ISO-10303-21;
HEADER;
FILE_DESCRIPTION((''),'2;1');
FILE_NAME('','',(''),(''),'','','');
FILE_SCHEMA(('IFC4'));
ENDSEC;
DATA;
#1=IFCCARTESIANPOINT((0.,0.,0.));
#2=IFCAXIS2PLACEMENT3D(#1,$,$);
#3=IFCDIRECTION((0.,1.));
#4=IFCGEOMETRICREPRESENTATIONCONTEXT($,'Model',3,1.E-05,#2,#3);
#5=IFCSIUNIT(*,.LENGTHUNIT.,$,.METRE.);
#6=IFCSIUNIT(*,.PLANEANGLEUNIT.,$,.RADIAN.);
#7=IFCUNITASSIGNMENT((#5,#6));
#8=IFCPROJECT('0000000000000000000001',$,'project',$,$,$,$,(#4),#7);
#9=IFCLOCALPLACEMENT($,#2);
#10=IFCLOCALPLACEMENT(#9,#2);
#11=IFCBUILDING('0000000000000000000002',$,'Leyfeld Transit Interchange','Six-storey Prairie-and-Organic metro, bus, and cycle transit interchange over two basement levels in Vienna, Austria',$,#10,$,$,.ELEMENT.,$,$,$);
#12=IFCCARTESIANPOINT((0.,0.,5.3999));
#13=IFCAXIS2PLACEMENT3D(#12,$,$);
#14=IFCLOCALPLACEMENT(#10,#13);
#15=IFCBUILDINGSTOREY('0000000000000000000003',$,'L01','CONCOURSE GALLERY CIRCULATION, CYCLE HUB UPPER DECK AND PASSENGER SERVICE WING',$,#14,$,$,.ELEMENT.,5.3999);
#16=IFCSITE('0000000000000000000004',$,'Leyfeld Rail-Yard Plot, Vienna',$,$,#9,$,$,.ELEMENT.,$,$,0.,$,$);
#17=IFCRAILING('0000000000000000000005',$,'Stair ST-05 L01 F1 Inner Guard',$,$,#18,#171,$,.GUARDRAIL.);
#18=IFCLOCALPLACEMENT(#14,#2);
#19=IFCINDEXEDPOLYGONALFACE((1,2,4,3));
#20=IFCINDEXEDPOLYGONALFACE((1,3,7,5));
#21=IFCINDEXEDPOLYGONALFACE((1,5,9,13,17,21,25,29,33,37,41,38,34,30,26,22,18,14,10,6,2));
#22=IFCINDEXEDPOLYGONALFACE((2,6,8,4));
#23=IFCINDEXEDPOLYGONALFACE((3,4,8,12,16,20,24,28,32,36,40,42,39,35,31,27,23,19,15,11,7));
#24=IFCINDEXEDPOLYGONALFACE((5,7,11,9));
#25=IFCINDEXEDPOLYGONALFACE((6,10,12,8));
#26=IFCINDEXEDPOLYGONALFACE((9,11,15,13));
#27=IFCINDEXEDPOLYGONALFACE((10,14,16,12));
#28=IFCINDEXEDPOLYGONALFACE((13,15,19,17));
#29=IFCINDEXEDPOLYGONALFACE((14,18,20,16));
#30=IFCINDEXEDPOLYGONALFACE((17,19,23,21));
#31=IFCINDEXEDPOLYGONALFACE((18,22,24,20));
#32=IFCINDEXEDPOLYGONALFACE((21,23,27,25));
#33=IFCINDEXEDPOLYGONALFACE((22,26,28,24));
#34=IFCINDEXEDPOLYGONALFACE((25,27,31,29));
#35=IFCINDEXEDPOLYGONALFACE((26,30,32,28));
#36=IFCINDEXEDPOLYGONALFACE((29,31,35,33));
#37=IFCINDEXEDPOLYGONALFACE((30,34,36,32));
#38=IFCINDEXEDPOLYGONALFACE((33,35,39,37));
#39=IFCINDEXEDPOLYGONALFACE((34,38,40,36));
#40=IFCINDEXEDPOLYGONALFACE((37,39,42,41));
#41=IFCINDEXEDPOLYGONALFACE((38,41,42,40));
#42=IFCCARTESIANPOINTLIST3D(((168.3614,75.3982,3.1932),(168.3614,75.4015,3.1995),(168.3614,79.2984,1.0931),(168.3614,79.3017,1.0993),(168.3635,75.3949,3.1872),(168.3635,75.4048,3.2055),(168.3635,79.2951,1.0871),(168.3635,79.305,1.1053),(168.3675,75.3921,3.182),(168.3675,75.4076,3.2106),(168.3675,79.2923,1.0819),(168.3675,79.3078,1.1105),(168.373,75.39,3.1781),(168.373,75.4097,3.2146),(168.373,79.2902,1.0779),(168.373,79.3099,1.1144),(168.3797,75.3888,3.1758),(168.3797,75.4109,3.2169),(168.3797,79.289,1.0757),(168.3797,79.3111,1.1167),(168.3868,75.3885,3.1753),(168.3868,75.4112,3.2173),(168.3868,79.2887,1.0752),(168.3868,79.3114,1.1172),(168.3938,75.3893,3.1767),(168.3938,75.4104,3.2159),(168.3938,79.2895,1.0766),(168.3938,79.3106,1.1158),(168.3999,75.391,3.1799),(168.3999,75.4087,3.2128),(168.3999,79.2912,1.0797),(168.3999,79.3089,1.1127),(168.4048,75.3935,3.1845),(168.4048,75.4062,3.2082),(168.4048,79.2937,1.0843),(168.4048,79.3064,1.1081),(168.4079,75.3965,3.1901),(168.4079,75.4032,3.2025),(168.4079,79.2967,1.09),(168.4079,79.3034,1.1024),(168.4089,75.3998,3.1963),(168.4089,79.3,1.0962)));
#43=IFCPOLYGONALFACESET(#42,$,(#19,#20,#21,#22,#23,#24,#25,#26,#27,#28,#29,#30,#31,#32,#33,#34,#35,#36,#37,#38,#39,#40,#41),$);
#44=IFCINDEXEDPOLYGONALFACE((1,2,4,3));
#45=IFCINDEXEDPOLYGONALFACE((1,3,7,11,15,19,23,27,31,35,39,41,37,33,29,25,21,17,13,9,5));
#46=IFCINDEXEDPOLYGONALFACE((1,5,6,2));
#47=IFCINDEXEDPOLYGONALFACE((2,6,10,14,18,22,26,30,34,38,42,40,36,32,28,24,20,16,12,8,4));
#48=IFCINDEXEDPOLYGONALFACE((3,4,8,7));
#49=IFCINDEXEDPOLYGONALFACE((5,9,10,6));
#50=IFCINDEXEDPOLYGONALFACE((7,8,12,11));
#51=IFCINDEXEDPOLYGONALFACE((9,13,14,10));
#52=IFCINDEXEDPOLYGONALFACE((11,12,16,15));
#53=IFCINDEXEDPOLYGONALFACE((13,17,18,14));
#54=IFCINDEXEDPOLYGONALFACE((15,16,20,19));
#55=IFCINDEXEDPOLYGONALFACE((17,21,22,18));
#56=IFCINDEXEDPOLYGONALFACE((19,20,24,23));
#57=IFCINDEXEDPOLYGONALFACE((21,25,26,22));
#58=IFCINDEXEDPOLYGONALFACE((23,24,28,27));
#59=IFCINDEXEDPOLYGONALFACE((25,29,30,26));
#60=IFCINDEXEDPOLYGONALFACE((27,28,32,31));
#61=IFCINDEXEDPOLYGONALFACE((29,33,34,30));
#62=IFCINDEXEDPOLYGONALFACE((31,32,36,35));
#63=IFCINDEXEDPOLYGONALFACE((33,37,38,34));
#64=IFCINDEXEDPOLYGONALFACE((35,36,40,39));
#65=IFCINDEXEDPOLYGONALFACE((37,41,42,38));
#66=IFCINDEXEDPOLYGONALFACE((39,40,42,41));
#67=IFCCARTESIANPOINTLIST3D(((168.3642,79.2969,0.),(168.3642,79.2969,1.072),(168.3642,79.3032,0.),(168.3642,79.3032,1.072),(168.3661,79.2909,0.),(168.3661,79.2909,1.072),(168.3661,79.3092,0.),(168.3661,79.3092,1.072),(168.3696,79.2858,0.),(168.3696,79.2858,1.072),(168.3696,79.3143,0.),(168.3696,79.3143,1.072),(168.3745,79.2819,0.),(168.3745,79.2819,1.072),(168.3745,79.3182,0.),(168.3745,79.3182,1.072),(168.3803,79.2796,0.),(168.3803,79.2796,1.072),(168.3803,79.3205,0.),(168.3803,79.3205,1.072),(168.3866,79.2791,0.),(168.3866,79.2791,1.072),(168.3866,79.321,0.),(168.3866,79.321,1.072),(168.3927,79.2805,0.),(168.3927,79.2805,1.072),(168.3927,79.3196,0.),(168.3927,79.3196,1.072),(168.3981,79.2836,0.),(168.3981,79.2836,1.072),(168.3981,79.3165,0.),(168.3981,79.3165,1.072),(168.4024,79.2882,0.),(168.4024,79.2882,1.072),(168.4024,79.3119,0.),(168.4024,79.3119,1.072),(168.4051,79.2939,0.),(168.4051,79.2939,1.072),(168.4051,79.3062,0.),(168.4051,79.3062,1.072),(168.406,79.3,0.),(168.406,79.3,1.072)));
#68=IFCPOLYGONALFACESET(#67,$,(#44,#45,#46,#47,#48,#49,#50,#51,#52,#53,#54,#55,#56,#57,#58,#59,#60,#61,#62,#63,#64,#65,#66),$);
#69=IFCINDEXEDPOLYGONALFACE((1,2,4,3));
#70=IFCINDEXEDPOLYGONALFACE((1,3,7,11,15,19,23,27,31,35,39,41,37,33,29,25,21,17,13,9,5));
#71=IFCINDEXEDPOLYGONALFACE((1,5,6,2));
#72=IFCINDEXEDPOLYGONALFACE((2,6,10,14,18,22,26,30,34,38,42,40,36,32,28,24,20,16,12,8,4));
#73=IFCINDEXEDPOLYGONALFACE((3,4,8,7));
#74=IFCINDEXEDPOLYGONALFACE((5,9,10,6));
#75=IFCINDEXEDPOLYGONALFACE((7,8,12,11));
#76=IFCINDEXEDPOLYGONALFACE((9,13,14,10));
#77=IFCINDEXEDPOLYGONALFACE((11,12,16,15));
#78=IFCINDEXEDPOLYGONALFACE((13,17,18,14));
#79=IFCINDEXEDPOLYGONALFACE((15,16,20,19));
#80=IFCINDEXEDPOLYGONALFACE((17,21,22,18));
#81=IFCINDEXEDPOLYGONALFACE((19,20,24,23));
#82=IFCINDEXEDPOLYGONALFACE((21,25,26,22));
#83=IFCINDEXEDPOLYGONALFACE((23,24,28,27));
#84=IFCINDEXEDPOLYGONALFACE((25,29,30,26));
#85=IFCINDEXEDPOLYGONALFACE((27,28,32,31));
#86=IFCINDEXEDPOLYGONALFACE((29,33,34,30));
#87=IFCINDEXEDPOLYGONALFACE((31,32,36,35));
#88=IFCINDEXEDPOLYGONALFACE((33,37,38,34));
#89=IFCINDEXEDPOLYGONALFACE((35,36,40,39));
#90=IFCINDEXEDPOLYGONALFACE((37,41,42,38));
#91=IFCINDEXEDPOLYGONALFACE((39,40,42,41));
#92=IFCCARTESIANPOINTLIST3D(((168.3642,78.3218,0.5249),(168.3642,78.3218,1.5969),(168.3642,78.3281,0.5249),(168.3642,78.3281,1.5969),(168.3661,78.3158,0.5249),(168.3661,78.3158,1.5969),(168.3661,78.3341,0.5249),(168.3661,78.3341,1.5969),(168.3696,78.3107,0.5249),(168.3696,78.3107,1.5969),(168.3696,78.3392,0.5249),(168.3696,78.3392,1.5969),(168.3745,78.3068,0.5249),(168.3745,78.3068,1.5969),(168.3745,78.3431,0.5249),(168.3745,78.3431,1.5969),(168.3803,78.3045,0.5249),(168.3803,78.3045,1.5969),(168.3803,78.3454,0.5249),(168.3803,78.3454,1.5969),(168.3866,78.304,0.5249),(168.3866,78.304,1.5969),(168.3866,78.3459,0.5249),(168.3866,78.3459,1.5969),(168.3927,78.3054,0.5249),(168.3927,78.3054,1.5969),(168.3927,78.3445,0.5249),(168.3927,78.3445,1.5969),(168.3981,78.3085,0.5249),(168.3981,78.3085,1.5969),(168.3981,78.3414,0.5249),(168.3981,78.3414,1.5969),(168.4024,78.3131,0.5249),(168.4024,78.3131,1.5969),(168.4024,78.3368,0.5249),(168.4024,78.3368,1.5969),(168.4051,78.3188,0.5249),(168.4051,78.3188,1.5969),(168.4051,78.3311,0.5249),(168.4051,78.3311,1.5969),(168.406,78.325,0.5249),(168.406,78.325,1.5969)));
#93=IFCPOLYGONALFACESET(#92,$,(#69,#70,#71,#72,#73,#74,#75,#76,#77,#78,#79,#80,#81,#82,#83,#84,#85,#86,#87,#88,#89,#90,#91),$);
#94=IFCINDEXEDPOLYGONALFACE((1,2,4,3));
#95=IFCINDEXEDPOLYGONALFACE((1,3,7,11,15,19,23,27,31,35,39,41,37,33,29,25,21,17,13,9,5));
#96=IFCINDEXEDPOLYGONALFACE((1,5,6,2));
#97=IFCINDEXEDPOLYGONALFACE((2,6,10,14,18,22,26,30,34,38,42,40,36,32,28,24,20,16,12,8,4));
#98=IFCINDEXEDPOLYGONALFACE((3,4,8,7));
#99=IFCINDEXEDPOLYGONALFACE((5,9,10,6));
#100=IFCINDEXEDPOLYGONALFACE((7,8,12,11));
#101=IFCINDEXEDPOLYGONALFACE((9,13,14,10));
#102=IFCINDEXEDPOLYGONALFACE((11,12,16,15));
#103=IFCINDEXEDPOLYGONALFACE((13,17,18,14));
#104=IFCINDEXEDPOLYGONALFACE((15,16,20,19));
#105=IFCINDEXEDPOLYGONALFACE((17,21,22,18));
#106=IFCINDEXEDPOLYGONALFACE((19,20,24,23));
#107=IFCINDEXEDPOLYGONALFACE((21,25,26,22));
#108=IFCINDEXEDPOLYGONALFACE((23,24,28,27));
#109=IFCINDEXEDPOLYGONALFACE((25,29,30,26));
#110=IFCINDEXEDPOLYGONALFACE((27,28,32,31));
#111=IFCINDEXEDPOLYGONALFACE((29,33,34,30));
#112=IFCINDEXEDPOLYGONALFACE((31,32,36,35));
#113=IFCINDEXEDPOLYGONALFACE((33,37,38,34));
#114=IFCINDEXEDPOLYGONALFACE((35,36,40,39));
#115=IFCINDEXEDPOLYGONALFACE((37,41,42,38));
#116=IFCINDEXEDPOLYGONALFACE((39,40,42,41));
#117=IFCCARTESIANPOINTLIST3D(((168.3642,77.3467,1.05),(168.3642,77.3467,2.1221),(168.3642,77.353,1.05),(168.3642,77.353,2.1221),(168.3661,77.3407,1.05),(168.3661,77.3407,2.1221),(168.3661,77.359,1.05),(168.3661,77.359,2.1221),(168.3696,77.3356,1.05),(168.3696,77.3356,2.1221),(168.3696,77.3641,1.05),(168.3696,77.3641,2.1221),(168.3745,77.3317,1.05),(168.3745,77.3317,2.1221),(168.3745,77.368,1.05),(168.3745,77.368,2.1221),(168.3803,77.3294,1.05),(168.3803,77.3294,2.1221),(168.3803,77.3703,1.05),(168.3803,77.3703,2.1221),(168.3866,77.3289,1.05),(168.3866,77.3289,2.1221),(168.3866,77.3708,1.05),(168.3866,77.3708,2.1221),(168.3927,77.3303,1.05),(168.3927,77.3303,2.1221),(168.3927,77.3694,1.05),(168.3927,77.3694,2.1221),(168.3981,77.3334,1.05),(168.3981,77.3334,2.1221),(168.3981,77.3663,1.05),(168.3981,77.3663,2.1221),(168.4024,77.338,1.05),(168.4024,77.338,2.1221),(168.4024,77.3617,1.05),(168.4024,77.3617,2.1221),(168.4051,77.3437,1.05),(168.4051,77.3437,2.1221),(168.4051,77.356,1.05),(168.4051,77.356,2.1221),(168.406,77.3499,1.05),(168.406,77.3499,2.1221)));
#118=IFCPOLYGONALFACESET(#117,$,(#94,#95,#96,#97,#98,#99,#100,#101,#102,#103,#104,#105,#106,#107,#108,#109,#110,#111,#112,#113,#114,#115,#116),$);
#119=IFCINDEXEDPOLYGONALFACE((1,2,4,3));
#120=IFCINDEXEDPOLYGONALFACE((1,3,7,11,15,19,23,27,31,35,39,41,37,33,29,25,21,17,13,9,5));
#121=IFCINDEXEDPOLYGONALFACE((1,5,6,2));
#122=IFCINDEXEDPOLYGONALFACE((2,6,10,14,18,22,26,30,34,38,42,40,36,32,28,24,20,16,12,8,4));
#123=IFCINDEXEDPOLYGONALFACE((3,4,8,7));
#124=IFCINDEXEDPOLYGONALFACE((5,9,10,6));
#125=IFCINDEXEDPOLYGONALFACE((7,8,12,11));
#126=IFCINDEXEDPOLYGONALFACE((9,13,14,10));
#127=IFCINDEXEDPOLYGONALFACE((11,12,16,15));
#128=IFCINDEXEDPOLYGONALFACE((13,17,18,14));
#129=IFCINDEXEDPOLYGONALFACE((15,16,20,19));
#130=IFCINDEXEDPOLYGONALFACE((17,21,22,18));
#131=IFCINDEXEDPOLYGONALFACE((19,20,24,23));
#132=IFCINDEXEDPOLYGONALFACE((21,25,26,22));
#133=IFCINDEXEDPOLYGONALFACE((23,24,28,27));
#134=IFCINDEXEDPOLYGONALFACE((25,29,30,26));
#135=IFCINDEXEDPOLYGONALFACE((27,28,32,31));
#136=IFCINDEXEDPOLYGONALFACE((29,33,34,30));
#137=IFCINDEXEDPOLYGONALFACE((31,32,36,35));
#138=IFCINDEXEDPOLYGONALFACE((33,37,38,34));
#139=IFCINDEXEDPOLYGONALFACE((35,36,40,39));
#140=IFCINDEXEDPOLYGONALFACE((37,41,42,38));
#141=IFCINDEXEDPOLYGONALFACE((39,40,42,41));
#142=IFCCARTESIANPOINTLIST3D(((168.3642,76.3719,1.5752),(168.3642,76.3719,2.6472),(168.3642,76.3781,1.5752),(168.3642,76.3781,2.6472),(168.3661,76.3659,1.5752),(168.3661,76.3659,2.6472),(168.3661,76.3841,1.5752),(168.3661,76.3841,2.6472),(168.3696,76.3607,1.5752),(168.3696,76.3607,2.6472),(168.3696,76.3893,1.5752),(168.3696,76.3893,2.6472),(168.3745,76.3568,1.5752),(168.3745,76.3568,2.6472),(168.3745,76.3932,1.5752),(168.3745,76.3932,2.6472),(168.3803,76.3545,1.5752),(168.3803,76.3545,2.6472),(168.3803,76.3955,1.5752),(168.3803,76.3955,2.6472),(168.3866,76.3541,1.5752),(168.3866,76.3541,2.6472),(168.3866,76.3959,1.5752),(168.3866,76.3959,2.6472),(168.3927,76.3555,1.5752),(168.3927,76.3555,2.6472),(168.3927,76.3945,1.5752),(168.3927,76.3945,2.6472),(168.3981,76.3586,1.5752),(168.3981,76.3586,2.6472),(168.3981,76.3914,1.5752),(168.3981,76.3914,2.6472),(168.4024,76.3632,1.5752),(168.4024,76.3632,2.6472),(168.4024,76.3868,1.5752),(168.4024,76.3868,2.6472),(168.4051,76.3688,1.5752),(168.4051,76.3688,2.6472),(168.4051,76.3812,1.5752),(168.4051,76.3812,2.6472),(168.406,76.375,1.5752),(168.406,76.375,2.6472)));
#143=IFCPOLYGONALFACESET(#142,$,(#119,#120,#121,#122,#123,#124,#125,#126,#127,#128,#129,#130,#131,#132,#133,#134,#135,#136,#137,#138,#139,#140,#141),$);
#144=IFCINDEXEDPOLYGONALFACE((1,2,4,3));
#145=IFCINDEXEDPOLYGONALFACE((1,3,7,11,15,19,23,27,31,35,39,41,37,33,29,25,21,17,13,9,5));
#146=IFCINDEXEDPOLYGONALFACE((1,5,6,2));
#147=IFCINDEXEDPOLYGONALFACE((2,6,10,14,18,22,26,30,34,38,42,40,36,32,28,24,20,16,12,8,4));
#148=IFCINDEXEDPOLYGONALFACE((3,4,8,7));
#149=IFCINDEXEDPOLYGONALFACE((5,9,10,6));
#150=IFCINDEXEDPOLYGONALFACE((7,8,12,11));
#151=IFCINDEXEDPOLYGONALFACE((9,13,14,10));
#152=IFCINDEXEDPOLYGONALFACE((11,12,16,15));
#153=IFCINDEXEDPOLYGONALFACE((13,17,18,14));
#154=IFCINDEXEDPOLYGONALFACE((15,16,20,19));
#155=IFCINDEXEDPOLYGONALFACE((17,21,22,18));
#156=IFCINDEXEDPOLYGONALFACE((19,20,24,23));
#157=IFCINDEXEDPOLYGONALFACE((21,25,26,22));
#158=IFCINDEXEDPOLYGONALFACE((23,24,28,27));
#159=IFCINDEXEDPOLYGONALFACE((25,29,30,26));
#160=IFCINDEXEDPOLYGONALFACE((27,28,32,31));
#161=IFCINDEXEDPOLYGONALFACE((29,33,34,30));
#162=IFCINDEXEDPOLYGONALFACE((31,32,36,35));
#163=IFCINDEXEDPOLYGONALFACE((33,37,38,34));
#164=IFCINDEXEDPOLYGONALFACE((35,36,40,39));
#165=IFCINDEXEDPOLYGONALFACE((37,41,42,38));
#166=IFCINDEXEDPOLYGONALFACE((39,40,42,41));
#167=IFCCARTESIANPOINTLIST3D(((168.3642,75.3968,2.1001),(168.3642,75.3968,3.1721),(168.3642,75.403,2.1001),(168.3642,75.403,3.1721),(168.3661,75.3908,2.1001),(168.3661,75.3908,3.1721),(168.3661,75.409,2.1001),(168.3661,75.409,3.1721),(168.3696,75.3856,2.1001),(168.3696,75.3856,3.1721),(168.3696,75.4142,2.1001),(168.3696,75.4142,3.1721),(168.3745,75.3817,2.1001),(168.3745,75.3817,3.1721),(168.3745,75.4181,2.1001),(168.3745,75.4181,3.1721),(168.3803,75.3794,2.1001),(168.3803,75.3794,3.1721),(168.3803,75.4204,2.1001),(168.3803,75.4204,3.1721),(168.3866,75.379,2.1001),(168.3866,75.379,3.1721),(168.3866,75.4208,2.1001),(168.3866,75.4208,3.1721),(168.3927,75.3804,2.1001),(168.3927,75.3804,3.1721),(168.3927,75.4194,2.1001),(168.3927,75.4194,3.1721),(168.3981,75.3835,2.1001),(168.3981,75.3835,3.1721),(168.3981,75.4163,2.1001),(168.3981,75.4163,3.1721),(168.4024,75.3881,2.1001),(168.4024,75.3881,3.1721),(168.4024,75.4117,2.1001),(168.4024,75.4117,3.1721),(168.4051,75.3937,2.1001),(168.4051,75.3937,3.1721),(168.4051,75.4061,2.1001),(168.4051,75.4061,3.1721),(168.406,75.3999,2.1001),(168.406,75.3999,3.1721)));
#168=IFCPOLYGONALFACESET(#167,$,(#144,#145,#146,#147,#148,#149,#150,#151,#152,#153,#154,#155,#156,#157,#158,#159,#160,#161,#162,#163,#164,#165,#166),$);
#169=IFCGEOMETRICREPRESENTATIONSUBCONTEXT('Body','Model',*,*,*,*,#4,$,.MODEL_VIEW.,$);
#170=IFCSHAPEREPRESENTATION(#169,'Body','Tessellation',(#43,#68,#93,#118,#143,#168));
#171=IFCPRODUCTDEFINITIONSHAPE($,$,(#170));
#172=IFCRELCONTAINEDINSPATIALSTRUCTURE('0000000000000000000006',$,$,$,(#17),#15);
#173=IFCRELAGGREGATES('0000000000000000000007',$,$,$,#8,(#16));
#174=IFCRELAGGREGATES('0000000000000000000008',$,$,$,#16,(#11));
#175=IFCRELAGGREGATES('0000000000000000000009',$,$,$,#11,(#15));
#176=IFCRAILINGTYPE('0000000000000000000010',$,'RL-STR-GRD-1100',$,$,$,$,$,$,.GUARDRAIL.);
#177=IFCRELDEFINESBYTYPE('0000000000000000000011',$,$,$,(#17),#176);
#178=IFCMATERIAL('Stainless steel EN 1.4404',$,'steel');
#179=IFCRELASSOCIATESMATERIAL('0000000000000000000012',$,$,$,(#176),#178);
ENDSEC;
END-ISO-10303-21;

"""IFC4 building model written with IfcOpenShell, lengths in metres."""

from ifc_helpers import new_model, si_unit, direction, frame, origin, origin_2d, place, context, subcontext, project, spatial, circle, extrude, material, type_object, element, save


model = new_model("IFC4")

# Units and contexts
model_context = context("Model", 3, precision=1e-05, world=origin(), true_north=direction((0.0, 1.0)))
body_context = subcontext(model_context, "Body", "Model", "MODEL_VIEW")
ifc_project = project(units=[si_unit("LENGTHUNIT", "METRE"), si_unit("PLANEANGLEUNIT", "RADIAN")], contexts=[model_context])

# Site, building, storey
site_placement = place(None, origin())
site = spatial("IfcSite", under=ifc_project, at=site_placement, Name="Leyfeld Rail-Yard Plot, Vienna", CompositionType="ELEMENT", RefElevation=0.0)
building_placement = place(site_placement, origin())
building = spatial("IfcBuilding", under=site, at=building_placement, Name="Leyfeld Transit Interchange", Description="Six-storey Prairie-and-Organic metro, bus, and cycle transit interchange over two basement levels in Vienna, Austria", CompositionType="ELEMENT")
storey_placement = place(building_placement, frame((0.0, 0.0, 5.3999)))
storey = spatial("IfcBuildingStorey", under=building, at=storey_placement, Name="L01", Description="CONCOURSE GALLERY CIRCULATION, CYCLE HUB UPPER DECK AND PASSENGER SERVICE WING", CompositionType="ELEMENT", Elevation=5.3999)

# Railing
ifc_material_1 = material(Name="Stainless steel EN 1.4404", Category="steel")
railing_type_1 = type_object("IfcRailingType", Name="RL-STR-GRD-1100", PredefinedType="GUARDRAIL", material=ifc_material_1)
for number, where, name in (
    (1, (168.385, 79.3, 0.0), "Stair ST-05 L01 F1 Inner Guard"),
):
    element("IfcRailing", number, at=place(storey_placement, frame(where)), inside=storey, type_object=railing_type_1, Name=name, PredefinedType="GUARDRAIL", context=body_context, shape_type="SweptSolid", body=[
        extrude(circle(Radius=0.0239, at=origin_2d()), frame((0.0, 0.0, 1.0962), z_axis=(0.0, -0.880469, 0.474103), x_axis=(1.0, 0.0, 0.0)), (0.0, 0.0, 1.0), 4.4297),
        extrude(circle(Radius=0.021, at=origin_2d()), origin(), (0.0, 0.0, 1.0), 1.072),
        extrude(circle(Radius=0.021, at=origin_2d()), frame((0.0, -0.9751, 0.5249)), (0.0, 0.0, 1.0), 1.072),
        extrude(circle(Radius=0.021, at=origin_2d()), frame((0.0, -1.9502, 1.05)), (0.0, 0.0, 1.0), 1.072),
        extrude(circle(Radius=0.021, at=origin_2d()), frame((0.0, -2.925, 1.5752)), (0.0, 0.0, 1.0), 1.072),
        extrude(circle(Radius=0.021, at=origin_2d()), frame((0.0, -3.9001, 2.1001)), (0.0, 0.0, 1.0), 1.072),
    ])

save(model, "model.ifc")
